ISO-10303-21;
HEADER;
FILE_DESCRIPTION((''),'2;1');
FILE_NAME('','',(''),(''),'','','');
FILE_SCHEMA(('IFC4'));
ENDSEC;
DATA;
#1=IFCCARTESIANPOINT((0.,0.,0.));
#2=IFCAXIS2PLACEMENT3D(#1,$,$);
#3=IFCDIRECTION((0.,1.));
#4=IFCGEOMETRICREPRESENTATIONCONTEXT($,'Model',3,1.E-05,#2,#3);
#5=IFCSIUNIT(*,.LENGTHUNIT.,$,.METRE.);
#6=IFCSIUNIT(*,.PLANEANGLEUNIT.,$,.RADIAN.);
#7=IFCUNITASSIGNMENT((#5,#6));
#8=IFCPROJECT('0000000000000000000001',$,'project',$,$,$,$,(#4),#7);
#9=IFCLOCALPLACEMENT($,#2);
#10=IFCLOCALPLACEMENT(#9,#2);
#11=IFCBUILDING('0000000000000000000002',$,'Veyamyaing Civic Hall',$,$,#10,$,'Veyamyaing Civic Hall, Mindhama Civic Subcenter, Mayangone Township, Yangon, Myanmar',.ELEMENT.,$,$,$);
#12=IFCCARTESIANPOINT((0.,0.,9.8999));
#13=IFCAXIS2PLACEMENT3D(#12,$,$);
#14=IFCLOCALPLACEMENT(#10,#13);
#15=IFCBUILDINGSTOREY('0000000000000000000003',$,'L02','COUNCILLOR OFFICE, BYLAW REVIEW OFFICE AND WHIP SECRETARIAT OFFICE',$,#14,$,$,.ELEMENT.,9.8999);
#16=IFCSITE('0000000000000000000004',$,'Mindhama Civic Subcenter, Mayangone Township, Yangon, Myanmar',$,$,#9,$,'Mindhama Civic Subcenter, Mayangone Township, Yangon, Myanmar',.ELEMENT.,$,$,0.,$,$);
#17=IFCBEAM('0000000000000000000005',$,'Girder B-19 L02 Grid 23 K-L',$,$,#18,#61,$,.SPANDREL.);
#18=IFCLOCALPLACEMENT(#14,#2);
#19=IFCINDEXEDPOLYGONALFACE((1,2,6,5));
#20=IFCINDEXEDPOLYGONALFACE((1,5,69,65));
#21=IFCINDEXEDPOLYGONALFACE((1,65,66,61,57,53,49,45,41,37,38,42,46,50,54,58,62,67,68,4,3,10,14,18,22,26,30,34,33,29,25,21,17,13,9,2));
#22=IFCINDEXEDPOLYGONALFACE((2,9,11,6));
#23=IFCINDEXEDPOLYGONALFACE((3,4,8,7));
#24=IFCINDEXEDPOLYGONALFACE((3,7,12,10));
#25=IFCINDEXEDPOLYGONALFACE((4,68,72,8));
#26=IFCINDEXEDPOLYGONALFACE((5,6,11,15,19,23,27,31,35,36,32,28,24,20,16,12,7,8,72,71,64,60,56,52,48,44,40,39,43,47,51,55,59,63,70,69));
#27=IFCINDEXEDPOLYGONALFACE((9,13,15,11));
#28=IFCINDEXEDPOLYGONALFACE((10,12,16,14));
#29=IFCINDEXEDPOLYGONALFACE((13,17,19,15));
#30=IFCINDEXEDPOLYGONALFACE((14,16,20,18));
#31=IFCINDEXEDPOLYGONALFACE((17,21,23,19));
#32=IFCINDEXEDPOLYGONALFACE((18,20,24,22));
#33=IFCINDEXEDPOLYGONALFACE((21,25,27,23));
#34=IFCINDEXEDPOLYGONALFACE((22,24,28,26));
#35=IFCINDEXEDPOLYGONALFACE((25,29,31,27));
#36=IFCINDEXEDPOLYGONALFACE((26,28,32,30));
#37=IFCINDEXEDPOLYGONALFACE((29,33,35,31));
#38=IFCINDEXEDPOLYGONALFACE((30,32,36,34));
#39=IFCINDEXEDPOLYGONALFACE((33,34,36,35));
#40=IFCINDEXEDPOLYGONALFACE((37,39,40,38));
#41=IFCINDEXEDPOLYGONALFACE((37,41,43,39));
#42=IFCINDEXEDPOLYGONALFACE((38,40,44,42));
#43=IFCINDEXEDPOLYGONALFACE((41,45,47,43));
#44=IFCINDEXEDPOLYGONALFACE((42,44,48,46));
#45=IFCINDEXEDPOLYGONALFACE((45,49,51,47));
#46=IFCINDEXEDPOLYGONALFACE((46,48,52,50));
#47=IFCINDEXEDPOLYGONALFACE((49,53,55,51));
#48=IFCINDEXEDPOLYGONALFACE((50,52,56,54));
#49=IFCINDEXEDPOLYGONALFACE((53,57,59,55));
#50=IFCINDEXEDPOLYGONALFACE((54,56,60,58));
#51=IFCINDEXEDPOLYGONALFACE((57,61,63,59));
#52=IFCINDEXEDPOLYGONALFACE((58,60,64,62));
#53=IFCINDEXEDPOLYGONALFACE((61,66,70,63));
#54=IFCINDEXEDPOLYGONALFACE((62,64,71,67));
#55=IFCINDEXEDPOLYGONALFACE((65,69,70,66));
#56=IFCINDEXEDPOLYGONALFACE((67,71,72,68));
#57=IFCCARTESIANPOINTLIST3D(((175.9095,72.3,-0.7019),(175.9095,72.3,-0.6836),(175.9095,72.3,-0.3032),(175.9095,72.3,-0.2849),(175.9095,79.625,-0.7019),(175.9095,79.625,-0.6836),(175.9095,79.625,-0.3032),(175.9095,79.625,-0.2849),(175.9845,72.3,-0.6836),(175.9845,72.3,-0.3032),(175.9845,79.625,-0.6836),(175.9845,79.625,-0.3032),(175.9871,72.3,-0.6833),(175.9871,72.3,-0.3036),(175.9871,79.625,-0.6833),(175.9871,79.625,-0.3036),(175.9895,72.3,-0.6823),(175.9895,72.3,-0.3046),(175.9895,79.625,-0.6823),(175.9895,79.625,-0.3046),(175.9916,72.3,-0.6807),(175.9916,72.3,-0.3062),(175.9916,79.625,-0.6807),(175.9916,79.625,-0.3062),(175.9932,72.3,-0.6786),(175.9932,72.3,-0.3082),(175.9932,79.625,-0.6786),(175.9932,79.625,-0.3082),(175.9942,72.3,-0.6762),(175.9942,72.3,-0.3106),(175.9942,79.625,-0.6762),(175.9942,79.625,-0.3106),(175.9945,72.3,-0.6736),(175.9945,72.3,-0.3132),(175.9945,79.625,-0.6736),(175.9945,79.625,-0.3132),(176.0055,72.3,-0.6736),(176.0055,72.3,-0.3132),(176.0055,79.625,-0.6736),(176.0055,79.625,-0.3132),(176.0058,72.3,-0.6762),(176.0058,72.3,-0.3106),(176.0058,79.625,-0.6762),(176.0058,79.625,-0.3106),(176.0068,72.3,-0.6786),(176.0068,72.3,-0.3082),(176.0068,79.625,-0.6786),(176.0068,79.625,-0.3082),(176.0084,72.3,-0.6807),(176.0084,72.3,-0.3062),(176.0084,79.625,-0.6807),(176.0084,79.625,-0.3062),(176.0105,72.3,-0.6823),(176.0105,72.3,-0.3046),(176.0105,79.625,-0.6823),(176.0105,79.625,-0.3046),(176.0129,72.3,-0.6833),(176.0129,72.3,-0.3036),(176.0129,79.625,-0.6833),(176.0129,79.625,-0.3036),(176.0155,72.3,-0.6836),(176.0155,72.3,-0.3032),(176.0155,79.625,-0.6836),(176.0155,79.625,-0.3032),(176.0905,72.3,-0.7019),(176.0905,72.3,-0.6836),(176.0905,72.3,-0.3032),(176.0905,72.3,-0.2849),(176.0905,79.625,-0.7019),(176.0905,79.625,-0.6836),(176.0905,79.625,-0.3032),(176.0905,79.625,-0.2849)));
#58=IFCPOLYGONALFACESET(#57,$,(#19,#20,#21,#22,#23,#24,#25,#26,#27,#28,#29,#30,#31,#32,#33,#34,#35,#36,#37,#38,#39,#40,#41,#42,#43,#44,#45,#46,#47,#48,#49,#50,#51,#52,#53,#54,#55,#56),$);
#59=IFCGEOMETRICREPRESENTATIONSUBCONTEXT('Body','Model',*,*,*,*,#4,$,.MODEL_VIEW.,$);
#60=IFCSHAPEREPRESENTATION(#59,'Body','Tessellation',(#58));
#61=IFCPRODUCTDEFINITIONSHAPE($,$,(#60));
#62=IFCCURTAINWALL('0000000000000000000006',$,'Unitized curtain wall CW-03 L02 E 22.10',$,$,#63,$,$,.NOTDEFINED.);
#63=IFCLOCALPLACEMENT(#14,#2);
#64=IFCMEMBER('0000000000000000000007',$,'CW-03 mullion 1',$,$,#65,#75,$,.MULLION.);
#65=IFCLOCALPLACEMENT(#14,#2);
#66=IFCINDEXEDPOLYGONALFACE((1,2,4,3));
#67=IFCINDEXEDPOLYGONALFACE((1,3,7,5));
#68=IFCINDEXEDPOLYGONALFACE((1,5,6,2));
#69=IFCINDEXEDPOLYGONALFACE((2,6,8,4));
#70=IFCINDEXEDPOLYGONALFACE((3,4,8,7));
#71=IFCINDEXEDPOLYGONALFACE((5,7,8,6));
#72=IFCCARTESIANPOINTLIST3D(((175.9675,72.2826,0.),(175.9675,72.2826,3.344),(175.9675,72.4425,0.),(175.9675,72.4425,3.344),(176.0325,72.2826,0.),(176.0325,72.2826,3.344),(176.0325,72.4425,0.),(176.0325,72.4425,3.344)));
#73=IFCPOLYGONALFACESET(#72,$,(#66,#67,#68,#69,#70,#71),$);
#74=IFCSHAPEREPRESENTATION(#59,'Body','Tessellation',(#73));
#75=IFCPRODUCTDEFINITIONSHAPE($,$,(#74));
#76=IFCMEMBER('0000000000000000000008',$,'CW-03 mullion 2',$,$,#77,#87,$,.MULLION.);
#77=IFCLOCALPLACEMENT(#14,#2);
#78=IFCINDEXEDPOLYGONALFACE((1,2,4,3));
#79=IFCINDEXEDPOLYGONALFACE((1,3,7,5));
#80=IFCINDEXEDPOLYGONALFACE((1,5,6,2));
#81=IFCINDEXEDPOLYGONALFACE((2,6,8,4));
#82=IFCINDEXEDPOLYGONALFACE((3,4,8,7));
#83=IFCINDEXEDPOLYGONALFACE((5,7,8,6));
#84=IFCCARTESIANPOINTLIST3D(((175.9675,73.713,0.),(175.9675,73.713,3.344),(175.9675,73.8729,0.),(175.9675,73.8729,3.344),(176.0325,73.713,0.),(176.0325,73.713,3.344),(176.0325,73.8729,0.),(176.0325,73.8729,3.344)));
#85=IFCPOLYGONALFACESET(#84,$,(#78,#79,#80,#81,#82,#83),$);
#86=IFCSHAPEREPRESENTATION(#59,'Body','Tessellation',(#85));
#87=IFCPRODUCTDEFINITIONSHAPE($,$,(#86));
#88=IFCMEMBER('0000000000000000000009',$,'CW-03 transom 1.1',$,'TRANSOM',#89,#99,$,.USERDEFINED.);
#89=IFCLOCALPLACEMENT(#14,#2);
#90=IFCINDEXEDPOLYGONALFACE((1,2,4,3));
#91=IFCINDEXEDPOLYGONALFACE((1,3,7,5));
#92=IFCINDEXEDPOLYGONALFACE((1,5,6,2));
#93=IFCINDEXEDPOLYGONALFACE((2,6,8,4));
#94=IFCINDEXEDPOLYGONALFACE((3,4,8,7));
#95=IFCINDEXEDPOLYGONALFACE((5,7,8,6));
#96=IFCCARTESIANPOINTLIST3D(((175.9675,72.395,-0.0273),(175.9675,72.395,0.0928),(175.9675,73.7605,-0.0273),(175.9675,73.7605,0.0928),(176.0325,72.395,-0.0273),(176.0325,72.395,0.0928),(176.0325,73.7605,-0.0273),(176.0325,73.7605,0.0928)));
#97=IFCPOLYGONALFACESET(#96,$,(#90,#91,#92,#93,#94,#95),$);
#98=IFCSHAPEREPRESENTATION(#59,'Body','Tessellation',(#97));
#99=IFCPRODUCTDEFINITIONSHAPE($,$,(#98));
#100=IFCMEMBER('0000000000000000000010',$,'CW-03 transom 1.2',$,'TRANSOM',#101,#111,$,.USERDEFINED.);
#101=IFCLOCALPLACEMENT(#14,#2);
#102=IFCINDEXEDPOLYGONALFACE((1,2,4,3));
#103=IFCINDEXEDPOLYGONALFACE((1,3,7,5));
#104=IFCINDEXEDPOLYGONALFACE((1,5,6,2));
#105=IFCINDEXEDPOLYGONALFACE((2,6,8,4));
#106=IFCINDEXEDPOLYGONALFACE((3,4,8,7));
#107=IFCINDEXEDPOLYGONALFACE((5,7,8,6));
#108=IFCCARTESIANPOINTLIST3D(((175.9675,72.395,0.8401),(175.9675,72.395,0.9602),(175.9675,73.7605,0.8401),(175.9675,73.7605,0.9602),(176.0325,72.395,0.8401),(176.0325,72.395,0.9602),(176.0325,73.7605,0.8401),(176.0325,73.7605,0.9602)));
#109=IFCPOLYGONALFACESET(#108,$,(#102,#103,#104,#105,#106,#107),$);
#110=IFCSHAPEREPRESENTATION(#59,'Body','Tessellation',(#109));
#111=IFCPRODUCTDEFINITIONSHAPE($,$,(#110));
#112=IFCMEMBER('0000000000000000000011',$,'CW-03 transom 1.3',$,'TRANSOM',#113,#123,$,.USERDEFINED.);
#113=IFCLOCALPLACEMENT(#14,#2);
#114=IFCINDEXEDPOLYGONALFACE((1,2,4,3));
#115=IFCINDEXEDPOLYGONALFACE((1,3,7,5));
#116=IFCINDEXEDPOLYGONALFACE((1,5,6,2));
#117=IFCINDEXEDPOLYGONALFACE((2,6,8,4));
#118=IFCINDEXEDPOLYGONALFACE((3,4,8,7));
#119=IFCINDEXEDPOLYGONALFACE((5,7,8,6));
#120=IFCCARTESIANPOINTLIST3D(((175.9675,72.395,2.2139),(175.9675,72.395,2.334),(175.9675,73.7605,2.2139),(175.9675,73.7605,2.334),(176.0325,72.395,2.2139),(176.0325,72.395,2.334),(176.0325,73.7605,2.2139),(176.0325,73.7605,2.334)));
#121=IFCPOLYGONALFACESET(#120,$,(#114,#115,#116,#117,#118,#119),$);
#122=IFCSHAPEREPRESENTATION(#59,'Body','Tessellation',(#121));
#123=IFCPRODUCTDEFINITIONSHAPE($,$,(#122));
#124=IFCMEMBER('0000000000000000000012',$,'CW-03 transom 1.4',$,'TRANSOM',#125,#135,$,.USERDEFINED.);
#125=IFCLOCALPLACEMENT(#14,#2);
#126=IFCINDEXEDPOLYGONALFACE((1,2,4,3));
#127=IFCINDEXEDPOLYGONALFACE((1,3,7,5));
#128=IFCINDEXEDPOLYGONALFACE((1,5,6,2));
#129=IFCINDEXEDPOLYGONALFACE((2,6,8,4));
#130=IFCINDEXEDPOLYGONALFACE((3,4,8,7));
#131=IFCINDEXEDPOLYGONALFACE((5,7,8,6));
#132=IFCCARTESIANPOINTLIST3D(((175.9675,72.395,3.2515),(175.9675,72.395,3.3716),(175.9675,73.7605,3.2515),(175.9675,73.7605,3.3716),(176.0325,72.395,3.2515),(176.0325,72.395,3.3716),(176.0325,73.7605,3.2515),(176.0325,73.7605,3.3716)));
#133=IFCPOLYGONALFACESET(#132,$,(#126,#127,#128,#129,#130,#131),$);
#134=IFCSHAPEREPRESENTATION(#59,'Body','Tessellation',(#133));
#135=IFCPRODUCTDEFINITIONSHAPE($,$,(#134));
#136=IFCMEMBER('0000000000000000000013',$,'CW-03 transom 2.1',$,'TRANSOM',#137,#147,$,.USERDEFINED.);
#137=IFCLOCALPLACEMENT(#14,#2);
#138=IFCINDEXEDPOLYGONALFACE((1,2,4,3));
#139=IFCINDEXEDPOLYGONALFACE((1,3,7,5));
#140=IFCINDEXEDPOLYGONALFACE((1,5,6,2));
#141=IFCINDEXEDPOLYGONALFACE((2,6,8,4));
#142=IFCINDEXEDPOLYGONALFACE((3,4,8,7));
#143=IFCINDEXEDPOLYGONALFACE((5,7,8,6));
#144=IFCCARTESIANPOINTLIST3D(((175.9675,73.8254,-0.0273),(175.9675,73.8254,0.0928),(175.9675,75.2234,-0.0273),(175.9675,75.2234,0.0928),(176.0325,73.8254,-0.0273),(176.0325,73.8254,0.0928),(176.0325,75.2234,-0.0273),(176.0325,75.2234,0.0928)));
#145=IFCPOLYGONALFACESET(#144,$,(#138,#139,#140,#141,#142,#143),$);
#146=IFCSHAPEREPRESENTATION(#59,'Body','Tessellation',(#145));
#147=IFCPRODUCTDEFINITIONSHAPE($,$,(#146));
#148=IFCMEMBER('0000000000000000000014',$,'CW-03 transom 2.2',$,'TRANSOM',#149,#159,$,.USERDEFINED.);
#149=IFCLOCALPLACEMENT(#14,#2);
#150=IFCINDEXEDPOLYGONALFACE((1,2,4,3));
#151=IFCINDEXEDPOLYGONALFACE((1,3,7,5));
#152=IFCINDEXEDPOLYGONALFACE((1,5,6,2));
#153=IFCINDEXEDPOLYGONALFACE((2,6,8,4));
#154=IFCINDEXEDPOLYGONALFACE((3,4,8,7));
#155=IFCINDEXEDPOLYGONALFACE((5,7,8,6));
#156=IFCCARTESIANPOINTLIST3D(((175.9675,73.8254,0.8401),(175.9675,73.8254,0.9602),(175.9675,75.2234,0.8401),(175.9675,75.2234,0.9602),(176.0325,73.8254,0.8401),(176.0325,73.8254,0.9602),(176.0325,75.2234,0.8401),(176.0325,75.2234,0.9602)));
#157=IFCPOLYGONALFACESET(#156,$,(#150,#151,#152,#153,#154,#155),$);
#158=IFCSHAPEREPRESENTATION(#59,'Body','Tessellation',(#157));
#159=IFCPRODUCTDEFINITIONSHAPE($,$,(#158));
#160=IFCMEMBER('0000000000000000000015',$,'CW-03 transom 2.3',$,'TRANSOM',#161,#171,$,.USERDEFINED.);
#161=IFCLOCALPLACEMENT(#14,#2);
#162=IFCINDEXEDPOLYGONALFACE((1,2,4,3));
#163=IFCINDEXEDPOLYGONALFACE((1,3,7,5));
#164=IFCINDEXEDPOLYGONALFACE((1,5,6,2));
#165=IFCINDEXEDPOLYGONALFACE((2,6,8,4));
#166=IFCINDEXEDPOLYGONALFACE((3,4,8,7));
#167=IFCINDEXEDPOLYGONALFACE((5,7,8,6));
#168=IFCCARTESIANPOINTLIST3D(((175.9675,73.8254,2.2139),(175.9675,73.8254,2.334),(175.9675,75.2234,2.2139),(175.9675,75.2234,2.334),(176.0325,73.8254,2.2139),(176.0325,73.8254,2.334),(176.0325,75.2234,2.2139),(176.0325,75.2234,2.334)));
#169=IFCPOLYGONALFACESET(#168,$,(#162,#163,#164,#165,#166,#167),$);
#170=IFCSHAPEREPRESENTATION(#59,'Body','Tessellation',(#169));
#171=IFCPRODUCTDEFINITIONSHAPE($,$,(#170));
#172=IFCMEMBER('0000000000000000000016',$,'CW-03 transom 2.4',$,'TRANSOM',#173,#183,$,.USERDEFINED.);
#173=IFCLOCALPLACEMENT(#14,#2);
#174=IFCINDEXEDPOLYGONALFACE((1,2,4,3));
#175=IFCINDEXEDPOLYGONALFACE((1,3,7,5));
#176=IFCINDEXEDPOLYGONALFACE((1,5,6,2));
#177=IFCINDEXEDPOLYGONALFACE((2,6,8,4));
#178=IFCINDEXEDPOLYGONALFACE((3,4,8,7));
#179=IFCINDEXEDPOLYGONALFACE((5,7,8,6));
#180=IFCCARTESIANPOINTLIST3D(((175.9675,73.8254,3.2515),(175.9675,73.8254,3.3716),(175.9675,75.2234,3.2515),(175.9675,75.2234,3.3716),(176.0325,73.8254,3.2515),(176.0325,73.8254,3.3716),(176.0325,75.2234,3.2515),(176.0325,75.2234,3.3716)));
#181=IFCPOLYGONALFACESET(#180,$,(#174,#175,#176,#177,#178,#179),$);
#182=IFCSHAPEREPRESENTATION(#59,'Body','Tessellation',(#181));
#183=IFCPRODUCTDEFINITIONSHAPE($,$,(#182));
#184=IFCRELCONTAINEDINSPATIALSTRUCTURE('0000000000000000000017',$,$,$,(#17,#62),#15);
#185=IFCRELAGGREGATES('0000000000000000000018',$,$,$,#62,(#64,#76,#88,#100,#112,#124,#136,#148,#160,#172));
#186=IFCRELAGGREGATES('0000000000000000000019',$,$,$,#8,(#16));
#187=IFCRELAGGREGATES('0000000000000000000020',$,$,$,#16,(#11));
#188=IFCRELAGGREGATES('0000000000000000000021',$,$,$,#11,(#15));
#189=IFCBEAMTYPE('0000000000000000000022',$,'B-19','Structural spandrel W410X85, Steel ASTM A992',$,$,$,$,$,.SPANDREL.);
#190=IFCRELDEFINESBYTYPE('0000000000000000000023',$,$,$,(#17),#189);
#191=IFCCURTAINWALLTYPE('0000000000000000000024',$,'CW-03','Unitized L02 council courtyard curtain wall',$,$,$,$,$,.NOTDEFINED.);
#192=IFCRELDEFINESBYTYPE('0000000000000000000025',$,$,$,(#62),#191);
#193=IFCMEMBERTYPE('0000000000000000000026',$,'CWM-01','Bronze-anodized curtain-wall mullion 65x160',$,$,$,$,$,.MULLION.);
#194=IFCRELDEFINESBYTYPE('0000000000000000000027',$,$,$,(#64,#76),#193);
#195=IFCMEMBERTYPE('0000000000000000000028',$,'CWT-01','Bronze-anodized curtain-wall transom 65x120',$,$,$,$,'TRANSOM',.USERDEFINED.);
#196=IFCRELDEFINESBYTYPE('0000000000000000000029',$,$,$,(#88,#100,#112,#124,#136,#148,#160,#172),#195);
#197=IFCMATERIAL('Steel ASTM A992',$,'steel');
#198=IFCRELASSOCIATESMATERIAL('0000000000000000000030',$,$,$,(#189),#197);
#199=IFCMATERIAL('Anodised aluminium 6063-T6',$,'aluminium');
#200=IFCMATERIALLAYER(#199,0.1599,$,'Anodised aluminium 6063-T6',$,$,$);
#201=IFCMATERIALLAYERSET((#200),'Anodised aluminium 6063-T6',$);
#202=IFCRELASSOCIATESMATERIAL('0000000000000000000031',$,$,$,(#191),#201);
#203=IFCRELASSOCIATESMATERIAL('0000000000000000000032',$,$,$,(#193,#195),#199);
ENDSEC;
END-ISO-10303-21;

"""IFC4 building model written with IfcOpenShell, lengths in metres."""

from ifc_helpers import new_model, si_unit, direction, frame, origin, origin_2d, place, context, subcontext, project, spatial, rectangle, i_section, extrude, material, layer, layer_set, material_profile, profile_set, type_object, element, aggregate, save


model = new_model("IFC4")

# Units and contexts
model_context = context("Model", 3, precision=1e-05, world=origin(), true_north=direction((0.0, 1.0)))
body_context = subcontext(model_context, "Body", "Model", "MODEL_VIEW")
ifc_project = project(units=[si_unit("LENGTHUNIT", "METRE"), si_unit("PLANEANGLEUNIT", "RADIAN")], contexts=[model_context])

# Site, building, storey
site_placement = place(None, origin())
site = spatial("IfcSite", under=ifc_project, at=site_placement, Name="Mindhama Civic Subcenter, Mayangone Township, Yangon, Myanmar", LongName="Mindhama Civic Subcenter, Mayangone Township, Yangon, Myanmar", CompositionType="ELEMENT", RefElevation=0.0)
building_placement = place(site_placement, origin())
building = spatial("IfcBuilding", under=site, at=building_placement, Name="Veyamyaing Civic Hall", LongName="Veyamyaing Civic Hall, Mindhama Civic Subcenter, Mayangone Township, Yangon, Myanmar", CompositionType="ELEMENT")
storey_placement = place(building_placement, frame((0.0, 0.0, 9.8999)))
storey = spatial("IfcBuildingStorey", under=building, at=storey_placement, Name="L02", Description="COUNCILLOR OFFICE, BYLAW REVIEW OFFICE AND WHIP SECRETARIAT OFFICE", CompositionType="ELEMENT", Elevation=9.8999)

# Beam
ifc_material_1 = material(Name="Steel ASTM A992", Category="steel")
ifc_material_profile_1 = material_profile(ifc_material_1, i_section(OverallWidth=0.1809, OverallDepth=0.417, WebThickness=0.011, FlangeThickness=0.0183, FilletRadius=0.01, at=origin_2d()), Name="W410X85")
ifc_profile_set_1 = profile_set([ifc_material_profile_1], Name="Steel ASTM A992")
beam_type = type_object("IfcBeamType", Name="B-19", Description="Structural spandrel W410X85, Steel ASTM A992", PredefinedType="SPANDREL", material=ifc_profile_set_1)
beam_placement = place(storey_placement, frame((176.0, 72.3, -0.4934), z_axis=(0.0, 1.0, 0.0), x_axis=(-1.0, 0.0, 0.0)))
element("IfcBeam", 1, at=beam_placement, inside=storey, type_object=beam_type, Name="Girder B-19 L02 Grid 23 K-L", PredefinedType="SPANDREL", context=body_context, shape_type="SweptSolid", body=[
    extrude(i_section(OverallWidth=0.1809, OverallDepth=0.417, WebThickness=0.011, FlangeThickness=0.0183, FilletRadius=0.01, at=origin_2d()), origin(), (0.0, 0.0, 1.0), 7.325),
])

# Curtain wall, members
ifc_material_2 = material(Name="Anodised aluminium 6063-T6", Category="aluminium")
ifc_layer_1 = layer(ifc_material_2, 0.1599, Name="Anodised aluminium 6063-T6")
ifc_layer_set_1 = layer_set([ifc_layer_1], Name="Anodised aluminium 6063-T6")
curtain_wall_type = type_object("IfcCurtainWallType", Name="CW-03", Description="Unitized L02 council courtyard curtain wall", PredefinedType="NOTDEFINED", material=ifc_layer_set_1)
curtain_wall_placement = place(storey_placement, origin())
curtain_wall = element("IfcCurtainWall", 2, at=curtain_wall_placement, inside=storey, type_object=curtain_wall_type, Name="Unitized curtain wall CW-03 L02 E 22.10", PredefinedType="NOTDEFINED")
ifc_material_profile_2 = material_profile(ifc_material_2, rectangle(XDim=0.0649, YDim=0.1599, at=origin_2d()), Name="ALU-MUL-65X160")
ifc_profile_set_2 = profile_set([ifc_material_profile_2], Name="Anodised aluminium 6063-T6")
member_type_1 = type_object("IfcMemberType", Name="CWM-01", Description="Bronze-anodized curtain-wall mullion 65x160", PredefinedType="MULLION", material=ifc_profile_set_2)
member_1_placement = place(storey_placement, frame((176.0, 72.3625, 0.0), z_axis=(0.0, 0.0, 1.0), x_axis=(-1.0, 0.0, 0.0)))
member_1 = element("IfcMember", 3, at=member_1_placement, type_object=member_type_1, Name="CW-03 mullion 1", PredefinedType="MULLION", context=body_context, shape_type="SweptSolid", body=[
    extrude(rectangle(XDim=0.0649, YDim=0.1599, at=origin_2d()), origin(), (0.0, 0.0, 1.0), 3.344),
])
member_2_placement = place(storey_placement, frame((176.0, 73.793, 0.0), z_axis=(0.0, 0.0, 1.0), x_axis=(-1.0, 0.0, 0.0)))
member_2 = element("IfcMember", 4, at=member_2_placement, type_object=member_type_1, Name="CW-03 mullion 2", PredefinedType="MULLION", context=body_context, shape_type="SweptSolid", body=[
    extrude(rectangle(XDim=0.0649, YDim=0.1599, at=origin_2d()), origin(), (0.0, 0.0, 1.0), 3.344),
])
ifc_material_profile_3 = material_profile(ifc_material_2, rectangle(XDim=0.0649, YDim=0.1201, at=origin_2d()), Name="ALU-TRN-65X120")
ifc_profile_set_3 = profile_set([ifc_material_profile_3], Name="Anodised aluminium 6063-T6")
member_type_2 = type_object("IfcMemberType", Name="CWT-01", Description="Bronze-anodized curtain-wall transom 65x120", ElementType="TRANSOM", PredefinedType="USERDEFINED", material=ifc_profile_set_3)
member_3_placement = place(storey_placement, frame((176.0, 72.395, 0.0327), z_axis=(0.0, 1.0, 0.0), x_axis=(-1.0, 0.0, 0.0)))
member_3 = element("IfcMember", 5, at=member_3_placement, type_object=member_type_2, Name="CW-03 transom 1.1", ObjectType="TRANSOM", PredefinedType="USERDEFINED", context=body_context, shape_type="SweptSolid", body=[
    extrude(rectangle(XDim=0.0649, YDim=0.1201, at=origin_2d()), origin(), (0.0, 0.0, 1.0), 1.3655),
])
member_4_placement = place(storey_placement, frame((176.0, 72.395, 0.9001), z_axis=(0.0, 1.0, 0.0), x_axis=(-1.0, 0.0, 0.0)))
member_4 = element("IfcMember", 6, at=member_4_placement, type_object=member_type_2, Name="CW-03 transom 1.2", ObjectType="TRANSOM", PredefinedType="USERDEFINED", context=body_context, shape_type="SweptSolid", body=[
    extrude(rectangle(XDim=0.0649, YDim=0.1201, at=origin_2d()), origin(), (0.0, 0.0, 1.0), 1.3655),
])
member_5_placement = place(storey_placement, frame((176.0, 72.395, 2.2739), z_axis=(0.0, 1.0, 0.0), x_axis=(-1.0, 0.0, 0.0)))
member_5 = element("IfcMember", 7, at=member_5_placement, type_object=member_type_2, Name="CW-03 transom 1.3", ObjectType="TRANSOM", PredefinedType="USERDEFINED", context=body_context, shape_type="SweptSolid", body=[
    extrude(rectangle(XDim=0.0649, YDim=0.1201, at=origin_2d()), origin(), (0.0, 0.0, 1.0), 1.3655),
])
member_6_placement = place(storey_placement, frame((176.0, 72.395, 3.3115), z_axis=(0.0, 1.0, 0.0), x_axis=(-1.0, 0.0, 0.0)))
member_6 = element("IfcMember", 8, at=member_6_placement, type_object=member_type_2, Name="CW-03 transom 1.4", ObjectType="TRANSOM", PredefinedType="USERDEFINED", context=body_context, shape_type="SweptSolid", body=[
    extrude(rectangle(XDim=0.0649, YDim=0.1201, at=origin_2d()), origin(), (0.0, 0.0, 1.0), 1.3655),
])
member_7_placement = place(storey_placement, frame((176.0, 73.8254, 0.0327), z_axis=(0.0, 1.0, 0.0), x_axis=(-1.0, 0.0, 0.0)))
member_7 = element("IfcMember", 9, at=member_7_placement, type_object=member_type_2, Name="CW-03 transom 2.1", ObjectType="TRANSOM", PredefinedType="USERDEFINED", context=body_context, shape_type="SweptSolid", body=[
    extrude(rectangle(XDim=0.0649, YDim=0.1201, at=origin_2d()), origin(), (0.0, 0.0, 1.0), 1.3979),
])
member_8_placement = place(storey_placement, frame((176.0, 73.8254, 0.9001), z_axis=(0.0, 1.0, 0.0), x_axis=(-1.0, 0.0, 0.0)))
member_8 = element("IfcMember", 10, at=member_8_placement, type_object=member_type_2, Name="CW-03 transom 2.2", ObjectType="TRANSOM", PredefinedType="USERDEFINED", context=body_context, shape_type="SweptSolid", body=[
    extrude(rectangle(XDim=0.0649, YDim=0.1201, at=origin_2d()), origin(), (0.0, 0.0, 1.0), 1.3979),
])
member_9_placement = place(storey_placement, frame((176.0, 73.8254, 2.2739), z_axis=(0.0, 1.0, 0.0), x_axis=(-1.0, 0.0, 0.0)))
member_9 = element("IfcMember", 11, at=member_9_placement, type_object=member_type_2, Name="CW-03 transom 2.3", ObjectType="TRANSOM", PredefinedType="USERDEFINED", context=body_context, shape_type="SweptSolid", body=[
    extrude(rectangle(XDim=0.0649, YDim=0.1201, at=origin_2d()), origin(), (0.0, 0.0, 1.0), 1.3979),
])
member_10_placement = place(storey_placement, frame((176.0, 73.8254, 3.3115), z_axis=(0.0, 1.0, 0.0), x_axis=(-1.0, 0.0, 0.0)))
member_10 = element("IfcMember", 12, at=member_10_placement, type_object=member_type_2, Name="CW-03 transom 2.4", ObjectType="TRANSOM", PredefinedType="USERDEFINED", context=body_context, shape_type="SweptSolid", body=[
    extrude(rectangle(XDim=0.0649, YDim=0.1201, at=origin_2d()), origin(), (0.0, 0.0, 1.0), 1.3979),
])
aggregate(curtain_wall, [member_1, member_2, member_3, member_4, member_5, member_6, member_7, member_8, member_9, member_10])

save(model, "model.ifc")
